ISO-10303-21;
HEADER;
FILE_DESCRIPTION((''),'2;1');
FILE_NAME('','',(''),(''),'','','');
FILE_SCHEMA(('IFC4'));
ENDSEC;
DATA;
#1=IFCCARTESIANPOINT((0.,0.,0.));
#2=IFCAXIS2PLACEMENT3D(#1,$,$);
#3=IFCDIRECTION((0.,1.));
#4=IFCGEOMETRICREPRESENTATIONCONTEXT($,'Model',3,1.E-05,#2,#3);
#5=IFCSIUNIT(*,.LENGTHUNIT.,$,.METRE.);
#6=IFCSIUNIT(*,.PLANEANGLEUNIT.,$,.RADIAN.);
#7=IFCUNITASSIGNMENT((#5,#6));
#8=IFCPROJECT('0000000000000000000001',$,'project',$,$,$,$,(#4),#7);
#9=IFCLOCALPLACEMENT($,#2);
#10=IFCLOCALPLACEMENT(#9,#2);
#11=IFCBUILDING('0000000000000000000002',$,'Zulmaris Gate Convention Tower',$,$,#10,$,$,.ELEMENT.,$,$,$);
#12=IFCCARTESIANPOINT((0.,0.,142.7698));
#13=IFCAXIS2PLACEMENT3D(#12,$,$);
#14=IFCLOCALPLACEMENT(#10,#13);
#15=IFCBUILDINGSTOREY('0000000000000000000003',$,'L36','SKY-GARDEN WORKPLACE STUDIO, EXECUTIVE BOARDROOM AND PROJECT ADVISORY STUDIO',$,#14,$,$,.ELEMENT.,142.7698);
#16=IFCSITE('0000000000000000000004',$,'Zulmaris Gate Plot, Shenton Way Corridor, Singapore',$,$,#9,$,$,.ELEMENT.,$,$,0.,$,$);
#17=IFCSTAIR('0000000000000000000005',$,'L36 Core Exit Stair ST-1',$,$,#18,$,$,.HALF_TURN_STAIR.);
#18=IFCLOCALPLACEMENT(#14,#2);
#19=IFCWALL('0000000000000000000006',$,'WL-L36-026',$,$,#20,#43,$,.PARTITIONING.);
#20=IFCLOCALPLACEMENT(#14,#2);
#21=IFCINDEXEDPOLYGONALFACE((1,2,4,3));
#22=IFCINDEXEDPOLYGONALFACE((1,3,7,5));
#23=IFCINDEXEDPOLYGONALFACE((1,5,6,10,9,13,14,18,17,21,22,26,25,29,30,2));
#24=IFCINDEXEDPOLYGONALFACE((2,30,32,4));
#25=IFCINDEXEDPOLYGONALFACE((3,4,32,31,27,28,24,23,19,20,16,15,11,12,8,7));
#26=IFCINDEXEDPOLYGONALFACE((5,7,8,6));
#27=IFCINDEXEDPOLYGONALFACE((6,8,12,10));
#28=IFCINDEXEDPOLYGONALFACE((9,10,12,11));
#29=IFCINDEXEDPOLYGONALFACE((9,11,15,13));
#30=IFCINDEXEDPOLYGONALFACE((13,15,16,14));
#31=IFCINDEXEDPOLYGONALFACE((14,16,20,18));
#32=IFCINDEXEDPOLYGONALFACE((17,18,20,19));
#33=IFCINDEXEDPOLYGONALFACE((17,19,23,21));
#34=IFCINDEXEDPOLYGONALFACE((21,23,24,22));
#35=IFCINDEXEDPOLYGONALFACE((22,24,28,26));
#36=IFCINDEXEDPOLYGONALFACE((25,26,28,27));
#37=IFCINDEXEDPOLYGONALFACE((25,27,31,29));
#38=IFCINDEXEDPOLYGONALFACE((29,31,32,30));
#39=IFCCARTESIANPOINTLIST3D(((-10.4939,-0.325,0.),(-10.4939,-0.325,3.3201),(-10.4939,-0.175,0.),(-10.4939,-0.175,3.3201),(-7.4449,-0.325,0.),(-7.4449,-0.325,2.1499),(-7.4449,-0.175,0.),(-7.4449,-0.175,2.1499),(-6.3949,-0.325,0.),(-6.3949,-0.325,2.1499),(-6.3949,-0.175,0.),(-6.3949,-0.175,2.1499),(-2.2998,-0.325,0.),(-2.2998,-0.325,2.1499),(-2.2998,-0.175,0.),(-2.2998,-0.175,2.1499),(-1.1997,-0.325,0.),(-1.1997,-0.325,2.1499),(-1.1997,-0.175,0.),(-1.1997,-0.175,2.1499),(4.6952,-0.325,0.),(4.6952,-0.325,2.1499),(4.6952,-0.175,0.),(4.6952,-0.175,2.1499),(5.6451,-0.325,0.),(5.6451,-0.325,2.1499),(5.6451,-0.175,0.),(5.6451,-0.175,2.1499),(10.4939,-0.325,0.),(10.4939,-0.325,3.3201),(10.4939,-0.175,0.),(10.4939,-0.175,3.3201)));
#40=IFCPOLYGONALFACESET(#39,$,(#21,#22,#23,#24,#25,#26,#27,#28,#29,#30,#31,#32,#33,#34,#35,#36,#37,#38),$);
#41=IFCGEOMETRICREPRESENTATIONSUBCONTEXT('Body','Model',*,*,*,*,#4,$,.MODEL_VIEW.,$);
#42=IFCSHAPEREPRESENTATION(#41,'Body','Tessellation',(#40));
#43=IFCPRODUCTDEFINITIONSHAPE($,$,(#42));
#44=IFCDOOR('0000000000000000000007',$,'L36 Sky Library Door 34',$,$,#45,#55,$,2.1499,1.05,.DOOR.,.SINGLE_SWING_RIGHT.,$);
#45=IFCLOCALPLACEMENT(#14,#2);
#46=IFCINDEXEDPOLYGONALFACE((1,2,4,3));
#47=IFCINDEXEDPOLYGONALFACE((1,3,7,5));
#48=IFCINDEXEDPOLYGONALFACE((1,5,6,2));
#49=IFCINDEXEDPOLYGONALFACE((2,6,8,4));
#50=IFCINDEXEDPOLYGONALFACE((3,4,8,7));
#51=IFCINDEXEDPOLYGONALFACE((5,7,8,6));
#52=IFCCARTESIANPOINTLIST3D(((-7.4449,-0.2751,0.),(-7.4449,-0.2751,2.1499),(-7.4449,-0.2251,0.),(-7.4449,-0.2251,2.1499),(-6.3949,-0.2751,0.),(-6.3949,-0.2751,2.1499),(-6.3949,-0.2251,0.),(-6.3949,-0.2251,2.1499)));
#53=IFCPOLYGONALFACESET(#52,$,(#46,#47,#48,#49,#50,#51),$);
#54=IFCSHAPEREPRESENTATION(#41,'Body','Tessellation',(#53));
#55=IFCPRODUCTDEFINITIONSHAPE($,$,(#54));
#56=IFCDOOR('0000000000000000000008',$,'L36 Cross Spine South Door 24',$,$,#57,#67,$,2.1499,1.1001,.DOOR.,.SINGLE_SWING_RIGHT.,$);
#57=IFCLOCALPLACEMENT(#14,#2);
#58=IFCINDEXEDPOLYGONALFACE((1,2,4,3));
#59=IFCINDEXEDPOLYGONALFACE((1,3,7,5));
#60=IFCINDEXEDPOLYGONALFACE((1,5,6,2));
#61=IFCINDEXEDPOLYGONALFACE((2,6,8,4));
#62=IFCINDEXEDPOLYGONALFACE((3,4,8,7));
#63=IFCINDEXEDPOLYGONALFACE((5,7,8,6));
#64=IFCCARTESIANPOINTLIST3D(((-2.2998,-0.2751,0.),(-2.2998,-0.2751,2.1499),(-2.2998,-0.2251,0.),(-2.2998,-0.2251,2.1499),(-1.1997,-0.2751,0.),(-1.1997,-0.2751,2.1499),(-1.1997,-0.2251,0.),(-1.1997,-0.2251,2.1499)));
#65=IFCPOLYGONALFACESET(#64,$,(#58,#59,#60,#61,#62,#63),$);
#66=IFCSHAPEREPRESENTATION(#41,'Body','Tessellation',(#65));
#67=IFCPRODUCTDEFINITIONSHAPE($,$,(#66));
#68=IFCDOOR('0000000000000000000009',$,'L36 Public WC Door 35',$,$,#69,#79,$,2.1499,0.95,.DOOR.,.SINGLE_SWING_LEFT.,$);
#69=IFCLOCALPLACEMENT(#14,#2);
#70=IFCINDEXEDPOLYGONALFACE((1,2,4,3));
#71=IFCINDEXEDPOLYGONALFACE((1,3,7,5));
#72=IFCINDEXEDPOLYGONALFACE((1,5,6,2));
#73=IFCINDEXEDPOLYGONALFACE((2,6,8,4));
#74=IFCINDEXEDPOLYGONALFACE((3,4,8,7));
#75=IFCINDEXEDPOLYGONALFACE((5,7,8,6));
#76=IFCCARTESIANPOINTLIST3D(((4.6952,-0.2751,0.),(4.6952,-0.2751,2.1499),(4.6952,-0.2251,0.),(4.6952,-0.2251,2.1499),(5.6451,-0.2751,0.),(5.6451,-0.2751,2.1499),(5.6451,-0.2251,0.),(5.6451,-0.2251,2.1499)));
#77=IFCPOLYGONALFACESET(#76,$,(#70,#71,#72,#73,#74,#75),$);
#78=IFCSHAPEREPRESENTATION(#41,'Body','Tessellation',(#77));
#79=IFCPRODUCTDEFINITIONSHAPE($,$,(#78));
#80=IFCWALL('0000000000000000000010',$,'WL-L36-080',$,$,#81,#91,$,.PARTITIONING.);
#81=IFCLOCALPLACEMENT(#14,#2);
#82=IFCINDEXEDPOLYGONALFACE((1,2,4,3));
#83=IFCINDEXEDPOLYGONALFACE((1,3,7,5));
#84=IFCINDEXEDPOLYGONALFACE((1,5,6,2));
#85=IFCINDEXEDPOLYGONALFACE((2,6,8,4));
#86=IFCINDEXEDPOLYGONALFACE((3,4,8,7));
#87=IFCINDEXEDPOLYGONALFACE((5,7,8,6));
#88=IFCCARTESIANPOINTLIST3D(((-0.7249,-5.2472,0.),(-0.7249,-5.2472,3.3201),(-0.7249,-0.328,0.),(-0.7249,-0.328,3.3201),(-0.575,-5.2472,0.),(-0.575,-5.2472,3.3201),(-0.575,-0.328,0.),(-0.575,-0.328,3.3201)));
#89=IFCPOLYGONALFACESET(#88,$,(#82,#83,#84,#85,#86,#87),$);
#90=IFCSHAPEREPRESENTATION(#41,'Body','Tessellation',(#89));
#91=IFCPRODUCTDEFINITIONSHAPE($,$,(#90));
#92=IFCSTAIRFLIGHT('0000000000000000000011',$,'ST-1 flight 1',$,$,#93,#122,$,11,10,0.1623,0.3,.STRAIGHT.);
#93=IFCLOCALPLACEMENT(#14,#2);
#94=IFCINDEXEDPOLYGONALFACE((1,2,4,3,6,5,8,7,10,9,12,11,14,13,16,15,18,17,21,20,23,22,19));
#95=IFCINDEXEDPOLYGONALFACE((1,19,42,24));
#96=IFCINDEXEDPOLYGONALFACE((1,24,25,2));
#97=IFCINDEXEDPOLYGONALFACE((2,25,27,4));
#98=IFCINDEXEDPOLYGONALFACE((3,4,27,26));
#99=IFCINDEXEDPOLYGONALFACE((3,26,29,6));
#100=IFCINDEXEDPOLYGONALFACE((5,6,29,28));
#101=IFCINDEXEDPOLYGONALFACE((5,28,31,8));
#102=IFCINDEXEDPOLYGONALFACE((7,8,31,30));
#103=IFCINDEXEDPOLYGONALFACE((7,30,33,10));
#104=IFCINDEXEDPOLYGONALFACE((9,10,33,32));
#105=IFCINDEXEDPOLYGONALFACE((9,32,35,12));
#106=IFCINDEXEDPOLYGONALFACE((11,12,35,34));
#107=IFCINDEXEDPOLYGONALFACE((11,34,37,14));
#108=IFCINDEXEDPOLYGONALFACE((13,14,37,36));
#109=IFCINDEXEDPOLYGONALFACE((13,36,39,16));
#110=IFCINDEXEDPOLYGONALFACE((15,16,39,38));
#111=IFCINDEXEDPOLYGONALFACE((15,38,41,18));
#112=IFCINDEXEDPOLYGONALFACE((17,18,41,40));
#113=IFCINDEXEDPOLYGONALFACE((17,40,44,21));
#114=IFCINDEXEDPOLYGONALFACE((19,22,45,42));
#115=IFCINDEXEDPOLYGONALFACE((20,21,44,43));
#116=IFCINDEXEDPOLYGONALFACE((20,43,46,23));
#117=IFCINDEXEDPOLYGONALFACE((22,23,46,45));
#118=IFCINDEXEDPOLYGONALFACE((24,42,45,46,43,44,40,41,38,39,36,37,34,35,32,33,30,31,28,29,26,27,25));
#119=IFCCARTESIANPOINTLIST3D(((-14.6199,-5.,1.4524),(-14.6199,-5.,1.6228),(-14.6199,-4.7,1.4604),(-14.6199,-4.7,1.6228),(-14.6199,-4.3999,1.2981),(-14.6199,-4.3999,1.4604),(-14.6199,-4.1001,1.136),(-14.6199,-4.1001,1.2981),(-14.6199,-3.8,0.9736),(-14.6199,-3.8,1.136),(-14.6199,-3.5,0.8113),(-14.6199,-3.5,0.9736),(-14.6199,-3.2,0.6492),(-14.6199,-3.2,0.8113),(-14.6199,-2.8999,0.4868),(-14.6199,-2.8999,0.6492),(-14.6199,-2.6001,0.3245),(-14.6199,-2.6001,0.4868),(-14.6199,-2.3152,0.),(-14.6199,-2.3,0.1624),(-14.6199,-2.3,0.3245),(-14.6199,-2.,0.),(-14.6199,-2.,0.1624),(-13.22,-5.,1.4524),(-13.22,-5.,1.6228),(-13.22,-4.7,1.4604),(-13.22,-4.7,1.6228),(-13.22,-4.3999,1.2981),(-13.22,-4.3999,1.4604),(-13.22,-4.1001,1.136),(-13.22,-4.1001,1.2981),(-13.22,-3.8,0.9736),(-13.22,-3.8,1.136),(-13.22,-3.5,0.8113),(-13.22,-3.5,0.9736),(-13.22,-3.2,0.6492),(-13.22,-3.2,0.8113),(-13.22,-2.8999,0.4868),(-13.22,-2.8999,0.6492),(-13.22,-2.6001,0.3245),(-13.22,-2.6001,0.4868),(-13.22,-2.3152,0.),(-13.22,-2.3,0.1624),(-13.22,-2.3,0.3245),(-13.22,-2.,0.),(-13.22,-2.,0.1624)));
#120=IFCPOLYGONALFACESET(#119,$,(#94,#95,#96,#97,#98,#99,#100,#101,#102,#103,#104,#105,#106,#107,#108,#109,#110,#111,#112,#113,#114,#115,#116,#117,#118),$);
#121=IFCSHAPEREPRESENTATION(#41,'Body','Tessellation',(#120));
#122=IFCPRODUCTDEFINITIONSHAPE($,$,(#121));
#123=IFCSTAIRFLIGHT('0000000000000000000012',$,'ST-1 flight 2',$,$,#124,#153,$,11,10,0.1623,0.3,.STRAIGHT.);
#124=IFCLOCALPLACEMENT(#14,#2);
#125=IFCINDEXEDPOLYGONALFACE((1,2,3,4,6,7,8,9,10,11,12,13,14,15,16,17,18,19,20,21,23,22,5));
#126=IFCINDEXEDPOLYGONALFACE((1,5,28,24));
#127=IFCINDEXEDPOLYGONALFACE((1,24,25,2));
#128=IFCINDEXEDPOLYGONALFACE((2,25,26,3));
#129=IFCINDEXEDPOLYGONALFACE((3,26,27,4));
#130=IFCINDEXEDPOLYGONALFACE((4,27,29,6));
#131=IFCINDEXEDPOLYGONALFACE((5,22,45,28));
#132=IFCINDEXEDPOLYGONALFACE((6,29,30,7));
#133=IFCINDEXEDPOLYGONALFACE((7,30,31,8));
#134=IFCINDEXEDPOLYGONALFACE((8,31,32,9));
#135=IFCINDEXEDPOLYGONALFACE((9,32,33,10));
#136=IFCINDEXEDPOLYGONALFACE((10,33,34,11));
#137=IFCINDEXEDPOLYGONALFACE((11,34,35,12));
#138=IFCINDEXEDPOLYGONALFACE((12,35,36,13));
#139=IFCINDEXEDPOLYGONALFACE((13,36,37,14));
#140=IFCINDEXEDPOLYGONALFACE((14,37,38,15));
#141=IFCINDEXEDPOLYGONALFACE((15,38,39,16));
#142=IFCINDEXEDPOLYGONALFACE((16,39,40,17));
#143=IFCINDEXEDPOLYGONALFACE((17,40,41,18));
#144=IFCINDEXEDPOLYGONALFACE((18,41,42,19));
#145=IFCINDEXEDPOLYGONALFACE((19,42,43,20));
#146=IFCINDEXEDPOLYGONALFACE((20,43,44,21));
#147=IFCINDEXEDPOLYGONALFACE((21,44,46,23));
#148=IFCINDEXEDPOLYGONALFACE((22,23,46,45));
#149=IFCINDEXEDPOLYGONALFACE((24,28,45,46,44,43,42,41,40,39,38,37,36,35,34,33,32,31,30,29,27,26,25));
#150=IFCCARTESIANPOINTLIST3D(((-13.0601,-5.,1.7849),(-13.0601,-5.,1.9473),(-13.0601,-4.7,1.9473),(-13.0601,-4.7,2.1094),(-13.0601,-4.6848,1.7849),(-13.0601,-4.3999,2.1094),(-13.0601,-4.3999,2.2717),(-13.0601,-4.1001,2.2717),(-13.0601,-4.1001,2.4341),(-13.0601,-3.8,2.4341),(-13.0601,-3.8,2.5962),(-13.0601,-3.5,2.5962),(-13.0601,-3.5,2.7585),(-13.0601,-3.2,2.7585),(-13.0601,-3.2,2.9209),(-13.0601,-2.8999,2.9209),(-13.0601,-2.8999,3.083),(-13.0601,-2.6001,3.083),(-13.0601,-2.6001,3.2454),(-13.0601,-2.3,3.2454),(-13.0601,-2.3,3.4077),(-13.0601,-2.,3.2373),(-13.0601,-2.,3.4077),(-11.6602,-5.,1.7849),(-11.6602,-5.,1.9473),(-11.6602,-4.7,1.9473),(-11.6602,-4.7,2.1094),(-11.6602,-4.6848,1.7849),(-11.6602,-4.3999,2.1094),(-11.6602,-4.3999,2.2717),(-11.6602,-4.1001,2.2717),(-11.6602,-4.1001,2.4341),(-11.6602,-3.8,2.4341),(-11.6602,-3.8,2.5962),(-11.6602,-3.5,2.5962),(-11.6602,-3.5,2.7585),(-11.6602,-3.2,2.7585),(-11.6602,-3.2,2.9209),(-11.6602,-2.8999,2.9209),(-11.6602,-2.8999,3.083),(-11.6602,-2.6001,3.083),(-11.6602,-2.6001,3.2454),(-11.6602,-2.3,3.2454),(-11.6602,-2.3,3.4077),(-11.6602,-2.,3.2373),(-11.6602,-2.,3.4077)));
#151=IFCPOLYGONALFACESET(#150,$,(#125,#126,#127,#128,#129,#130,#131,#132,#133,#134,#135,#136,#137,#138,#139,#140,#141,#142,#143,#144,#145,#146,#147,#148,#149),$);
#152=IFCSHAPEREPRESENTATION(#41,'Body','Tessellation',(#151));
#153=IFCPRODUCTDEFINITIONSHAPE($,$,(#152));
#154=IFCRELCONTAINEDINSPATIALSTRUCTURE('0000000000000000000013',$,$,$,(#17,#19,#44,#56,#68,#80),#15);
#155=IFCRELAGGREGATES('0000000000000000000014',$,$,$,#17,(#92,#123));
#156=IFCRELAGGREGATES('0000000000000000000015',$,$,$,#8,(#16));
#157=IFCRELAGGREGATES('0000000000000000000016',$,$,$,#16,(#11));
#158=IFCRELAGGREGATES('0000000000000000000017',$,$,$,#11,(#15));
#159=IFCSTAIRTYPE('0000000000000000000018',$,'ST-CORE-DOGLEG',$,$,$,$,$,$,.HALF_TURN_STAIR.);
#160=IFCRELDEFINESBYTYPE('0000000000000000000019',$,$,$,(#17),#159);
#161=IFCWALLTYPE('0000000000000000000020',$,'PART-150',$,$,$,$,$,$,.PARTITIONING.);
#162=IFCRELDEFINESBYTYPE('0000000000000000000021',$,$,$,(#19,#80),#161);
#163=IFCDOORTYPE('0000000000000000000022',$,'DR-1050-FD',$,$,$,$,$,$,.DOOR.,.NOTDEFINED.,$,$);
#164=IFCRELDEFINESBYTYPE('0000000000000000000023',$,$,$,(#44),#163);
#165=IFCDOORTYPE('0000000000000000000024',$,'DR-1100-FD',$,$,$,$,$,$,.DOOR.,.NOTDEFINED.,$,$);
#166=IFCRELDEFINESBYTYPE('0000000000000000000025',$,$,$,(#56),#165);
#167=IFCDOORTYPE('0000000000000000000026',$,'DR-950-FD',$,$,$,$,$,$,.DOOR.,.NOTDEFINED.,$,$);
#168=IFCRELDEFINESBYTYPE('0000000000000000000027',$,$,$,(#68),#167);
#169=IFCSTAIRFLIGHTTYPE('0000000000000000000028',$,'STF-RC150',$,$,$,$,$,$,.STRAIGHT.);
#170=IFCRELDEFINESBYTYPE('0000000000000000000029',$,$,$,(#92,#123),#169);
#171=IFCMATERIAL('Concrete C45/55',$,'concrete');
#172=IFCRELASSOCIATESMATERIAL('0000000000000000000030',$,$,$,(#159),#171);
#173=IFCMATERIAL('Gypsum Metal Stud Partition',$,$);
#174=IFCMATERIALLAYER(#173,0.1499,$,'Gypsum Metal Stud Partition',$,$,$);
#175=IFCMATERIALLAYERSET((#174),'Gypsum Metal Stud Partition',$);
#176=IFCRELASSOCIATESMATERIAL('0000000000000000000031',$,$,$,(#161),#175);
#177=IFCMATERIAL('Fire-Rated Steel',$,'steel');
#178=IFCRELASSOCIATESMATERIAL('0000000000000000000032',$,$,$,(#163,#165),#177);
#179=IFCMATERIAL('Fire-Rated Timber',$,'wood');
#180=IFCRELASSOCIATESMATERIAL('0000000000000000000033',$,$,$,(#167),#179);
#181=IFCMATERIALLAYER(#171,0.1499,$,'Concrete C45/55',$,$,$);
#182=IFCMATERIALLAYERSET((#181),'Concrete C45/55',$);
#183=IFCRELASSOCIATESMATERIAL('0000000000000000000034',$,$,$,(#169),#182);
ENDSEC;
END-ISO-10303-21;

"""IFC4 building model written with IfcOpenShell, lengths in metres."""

from ifc_helpers import new_model, si_unit, direction, frame, frame_2d, origin, place, context, subcontext, project, spatial, polyline, rectangle, outline, extrude, material, layer, layer_set, type_object, element, fill, aggregate, save


model = new_model("IFC4")

# Units and contexts
model_context = context("Model", 3, precision=1e-05, world=origin(), true_north=direction((0.0, 1.0)))
body_context = subcontext(model_context, "Body", "Model", "MODEL_VIEW")
ifc_project = project(units=[si_unit("LENGTHUNIT", "METRE"), si_unit("PLANEANGLEUNIT", "RADIAN")], contexts=[model_context])

# Site, building, storey
site_placement = place(None, origin())
site = spatial("IfcSite", under=ifc_project, at=site_placement, Name="Zulmaris Gate Plot, Shenton Way Corridor, Singapore", CompositionType="ELEMENT", RefElevation=0.0)
building_placement = place(site_placement, origin())
building = spatial("IfcBuilding", under=site, at=building_placement, Name="Zulmaris Gate Convention Tower", CompositionType="ELEMENT")
storey_placement = place(building_placement, frame((0.0, 0.0, 142.7698)))
storey = spatial("IfcBuildingStorey", under=building, at=storey_placement, Name="L36", Description="SKY-GARDEN WORKPLACE STUDIO, EXECUTIVE BOARDROOM AND PROJECT ADVISORY STUDIO", CompositionType="ELEMENT", Elevation=142.7698)

# Stair
ifc_material_1 = material(Name="Concrete C45/55", Category="concrete")
stair_type = type_object("IfcStairType", Name="ST-CORE-DOGLEG", PredefinedType="HALF_TURN_STAIR", material=ifc_material_1)
stair_1_placement = place(storey_placement, origin())
stair_1 = element("IfcStair", 1, at=stair_1_placement, inside=storey, type_object=stair_type, Name="L36 Core Exit Stair ST-1", PredefinedType="HALF_TURN_STAIR")

# Wall, openings, doors
ifc_material_2 = material(Name="Gypsum Metal Stud Partition")
ifc_layer_1 = layer(ifc_material_2, 0.1499, Name="Gypsum Metal Stud Partition")
ifc_layer_set_1 = layer_set([ifc_layer_1], Name="Gypsum Metal Stud Partition")
wall_type_1 = type_object("IfcWallType", Name="PART-150", PredefinedType="PARTITIONING", material=ifc_layer_set_1)
wall_1_placement = place(storey_placement, frame((-10.4939, -0.25, 0.0), z_axis=(0.0, 0.0, 1.0), x_axis=(1.0, 0.0, 0.0)))
wall_1 = element("IfcWall", 2, at=wall_1_placement, inside=storey, type_object=wall_type_1, Name="WL-L36-026", PredefinedType="PARTITIONING", context=body_context, shape_type="SweptSolid", body=[
    extrude(rectangle(XDim=20.9878, YDim=0.1499, at=frame_2d((10.4939, 0.0))), origin(), (0.0, 0.0, 1.0), 3.3201),
])
opening_1_placement = place(wall_1_placement, frame((8.1941, 0.0, 0.0)))
opening_1 = element("IfcOpeningElement", 3, at=opening_1_placement, cuts=wall_1, PredefinedType="OPENING", context=body_context, shape_type="SweptSolid", body=[
    extrude(rectangle(XDim=1.1001, YDim=2.1499, at=frame_2d((0.55, 1.075))), frame((0.0, 0.085, 0.0), z_axis=(0.0, -1.0, 0.0), x_axis=(1.0, 0.0, 0.0)), (0.0, 0.0, 1.0), 0.1699),
])
opening_2_placement = place(wall_1_placement, frame((3.0491, 0.0, 0.0)))
opening_2 = element("IfcOpeningElement", 4, at=opening_2_placement, cuts=wall_1, PredefinedType="OPENING", context=body_context, shape_type="SweptSolid", body=[
    extrude(rectangle(XDim=1.05, YDim=2.1499, at=frame_2d((0.5249, 1.075))), frame((0.0, 0.085, 0.0), z_axis=(0.0, -1.0, 0.0), x_axis=(1.0, 0.0, 0.0)), (0.0, 0.0, 1.0), 0.1699),
])
opening_3_placement = place(wall_1_placement, frame((15.189, 0.0, 0.0)))
opening_3 = element("IfcOpeningElement", 5, at=opening_3_placement, cuts=wall_1, PredefinedType="OPENING", context=body_context, shape_type="SweptSolid", body=[
    extrude(rectangle(XDim=0.95, YDim=2.1499, at=frame_2d((0.4751, 1.075))), frame((0.0, 0.085, 0.0), z_axis=(0.0, -1.0, 0.0), x_axis=(1.0, 0.0, 0.0)), (0.0, 0.0, 1.0), 0.1699),
])
ifc_material_3 = material(Name="Fire-Rated Steel", Category="steel")
door_type_1 = type_object("IfcDoorType", Name="DR-1050-FD", OperationType="NOTDEFINED", PredefinedType="DOOR", material=ifc_material_3)
door_1_placement = place(opening_2_placement, origin())
door_1 = element("IfcDoor", 6, at=door_1_placement, inside=storey, type_object=door_type_1, Name="L36 Sky Library Door 34", OperationType="SINGLE_SWING_RIGHT", OverallHeight=2.1499, OverallWidth=1.05, PredefinedType="DOOR", context=body_context, shape_type="SweptSolid", body=[
    extrude(rectangle(XDim=1.05, YDim=2.1499, at=frame_2d((0.5249, 1.075))), frame((0.0, 0.0249, 0.0), z_axis=(0.0, -1.0, 0.0), x_axis=(1.0, 0.0, 0.0)), (0.0, 0.0, 1.0), 0.05),
])
fill(opening_2, door_1)
door_type_2 = type_object("IfcDoorType", Name="DR-1100-FD", OperationType="NOTDEFINED", PredefinedType="DOOR", material=ifc_material_3)
door_2_placement = place(opening_1_placement, origin())
door_2 = element("IfcDoor", 7, at=door_2_placement, inside=storey, type_object=door_type_2, Name="L36 Cross Spine South Door 24", OperationType="SINGLE_SWING_RIGHT", OverallHeight=2.1499, OverallWidth=1.1001, PredefinedType="DOOR", context=body_context, shape_type="SweptSolid", body=[
    extrude(rectangle(XDim=1.1001, YDim=2.1499, at=frame_2d((0.55, 1.075))), frame((0.0, 0.0249, 0.0), z_axis=(0.0, -1.0, 0.0), x_axis=(1.0, 0.0, 0.0)), (0.0, 0.0, 1.0), 0.05),
])
fill(opening_1, door_2)
ifc_material_4 = material(Name="Fire-Rated Timber", Category="wood")
door_type_3 = type_object("IfcDoorType", Name="DR-950-FD", OperationType="NOTDEFINED", PredefinedType="DOOR", material=ifc_material_4)
door_3_placement = place(opening_3_placement, origin())
door_3 = element("IfcDoor", 8, at=door_3_placement, inside=storey, type_object=door_type_3, Name="L36 Public WC Door 35", OperationType="SINGLE_SWING_LEFT", OverallHeight=2.1499, OverallWidth=0.95, PredefinedType="DOOR", context=body_context, shape_type="SweptSolid", body=[
    extrude(rectangle(XDim=0.95, YDim=2.1499, at=frame_2d((0.4751, 1.075))), frame((0.0, 0.0249, 0.0), z_axis=(0.0, -1.0, 0.0), x_axis=(1.0, 0.0, 0.0)), (0.0, 0.0, 1.0), 0.05),
])
fill(opening_3, door_3)

# Wall
wall_2_placement = place(storey_placement, frame((-0.6499, -5.2471, 0.0), z_axis=(0.0, 0.0, 1.0), x_axis=(0.0, 1.0, 0.0)))
element("IfcWall", 9, at=wall_2_placement, inside=storey, type_object=wall_type_1, Name="WL-L36-080", PredefinedType="PARTITIONING", context=body_context, shape_type="SweptSolid", body=[
    extrude(rectangle(XDim=4.9192, YDim=0.1499, at=frame_2d((2.4595, 0.0))), origin(), (0.0, 0.0, 1.0), 3.3201),
])

# Stair flights
ifc_layer_2 = layer(ifc_material_1, 0.1499, Name="Concrete C45/55")
ifc_layer_set_2 = layer_set([ifc_layer_2], Name="Concrete C45/55")
stair_flight_type = type_object("IfcStairFlightType", Name="STF-RC150", PredefinedType="STRAIGHT", material=ifc_layer_set_2)
stair_flight_1_placement = place(storey_placement, frame((-13.9199, -2.0, 0.0), z_axis=(0.0, 0.0, 1.0), x_axis=(0.0, -1.0, 0.0)))
stair_flight_1 = element("IfcStairFlight", 10, at=stair_flight_1_placement, type_object=stair_flight_type, Name="ST-1 flight 1", NumberOfRisers=11, NumberOfTreads=10, PredefinedType="STRAIGHT", RiserHeight=0.1623, TreadLength=0.3, context=body_context, shape_type="SweptSolid", body=[
    extrude(outline(polyline([(0.0, 0.0), (0.0, 0.1624), (0.3, 0.1624), (0.3, 0.3245), (0.6001, 0.3245), (0.6001, 0.4868), (0.8999, 0.4868), (0.8999, 0.6492), (1.2, 0.6492), (1.2, 0.8113), (1.5, 0.8113), (1.5, 0.9736), (1.8, 0.9736), (1.8, 1.136), (2.1001, 1.136), (2.1001, 1.2981), (2.3999, 1.2981), (2.3999, 1.4604), (2.7, 1.4604), (2.7, 1.6228), (3.0, 1.6228), (3.0, 1.7849), (3.0, 1.4524), (0.3152, 0.0), (0.0, 0.0)])), frame((0.0, 0.7, 0.0), z_axis=(0.0, -1.0, 0.0), x_axis=(1.0, 0.0, 0.0)), (0.0, 0.0, 1.0), 1.3999),
])
stair_flight_2_placement = place(storey_placement, frame((-12.3601, -5.0, 1.7849), z_axis=(0.0, 0.0, 1.0), x_axis=(0.0, 1.0, 0.0)))
stair_flight_2 = element("IfcStairFlight", 11, at=stair_flight_2_placement, type_object=stair_flight_type, Name="ST-1 flight 2", NumberOfRisers=11, NumberOfTreads=10, PredefinedType="STRAIGHT", RiserHeight=0.1623, TreadLength=0.3, context=body_context, shape_type="SweptSolid", body=[
    extrude(outline(polyline([(0.0, 0.0), (0.0, 0.1624), (0.3, 0.1624), (0.3, 0.3245), (0.6001, 0.3245), (0.6001, 0.4868), (0.8999, 0.4868), (0.8999, 0.6492), (1.2, 0.6492), (1.2, 0.8113), (1.5, 0.8113), (1.5, 0.9736), (1.8, 0.9736), (1.8, 1.136), (2.1001, 1.136), (2.1001, 1.2981), (2.3999, 1.2981), (2.3999, 1.4604), (2.7, 1.4604), (2.7, 1.6228), (3.0, 1.6228), (3.0, 1.7849), (3.0, 1.4524), (0.3152, 0.0), (0.0, 0.0)])), frame((0.0, 0.7, 0.0), z_axis=(0.0, -1.0, 0.0), x_axis=(1.0, 0.0, 0.0)), (0.0, 0.0, 1.0), 1.3999),
])
aggregate(stair_1, [stair_flight_1, stair_flight_2])

save(model, "model.ifc")
